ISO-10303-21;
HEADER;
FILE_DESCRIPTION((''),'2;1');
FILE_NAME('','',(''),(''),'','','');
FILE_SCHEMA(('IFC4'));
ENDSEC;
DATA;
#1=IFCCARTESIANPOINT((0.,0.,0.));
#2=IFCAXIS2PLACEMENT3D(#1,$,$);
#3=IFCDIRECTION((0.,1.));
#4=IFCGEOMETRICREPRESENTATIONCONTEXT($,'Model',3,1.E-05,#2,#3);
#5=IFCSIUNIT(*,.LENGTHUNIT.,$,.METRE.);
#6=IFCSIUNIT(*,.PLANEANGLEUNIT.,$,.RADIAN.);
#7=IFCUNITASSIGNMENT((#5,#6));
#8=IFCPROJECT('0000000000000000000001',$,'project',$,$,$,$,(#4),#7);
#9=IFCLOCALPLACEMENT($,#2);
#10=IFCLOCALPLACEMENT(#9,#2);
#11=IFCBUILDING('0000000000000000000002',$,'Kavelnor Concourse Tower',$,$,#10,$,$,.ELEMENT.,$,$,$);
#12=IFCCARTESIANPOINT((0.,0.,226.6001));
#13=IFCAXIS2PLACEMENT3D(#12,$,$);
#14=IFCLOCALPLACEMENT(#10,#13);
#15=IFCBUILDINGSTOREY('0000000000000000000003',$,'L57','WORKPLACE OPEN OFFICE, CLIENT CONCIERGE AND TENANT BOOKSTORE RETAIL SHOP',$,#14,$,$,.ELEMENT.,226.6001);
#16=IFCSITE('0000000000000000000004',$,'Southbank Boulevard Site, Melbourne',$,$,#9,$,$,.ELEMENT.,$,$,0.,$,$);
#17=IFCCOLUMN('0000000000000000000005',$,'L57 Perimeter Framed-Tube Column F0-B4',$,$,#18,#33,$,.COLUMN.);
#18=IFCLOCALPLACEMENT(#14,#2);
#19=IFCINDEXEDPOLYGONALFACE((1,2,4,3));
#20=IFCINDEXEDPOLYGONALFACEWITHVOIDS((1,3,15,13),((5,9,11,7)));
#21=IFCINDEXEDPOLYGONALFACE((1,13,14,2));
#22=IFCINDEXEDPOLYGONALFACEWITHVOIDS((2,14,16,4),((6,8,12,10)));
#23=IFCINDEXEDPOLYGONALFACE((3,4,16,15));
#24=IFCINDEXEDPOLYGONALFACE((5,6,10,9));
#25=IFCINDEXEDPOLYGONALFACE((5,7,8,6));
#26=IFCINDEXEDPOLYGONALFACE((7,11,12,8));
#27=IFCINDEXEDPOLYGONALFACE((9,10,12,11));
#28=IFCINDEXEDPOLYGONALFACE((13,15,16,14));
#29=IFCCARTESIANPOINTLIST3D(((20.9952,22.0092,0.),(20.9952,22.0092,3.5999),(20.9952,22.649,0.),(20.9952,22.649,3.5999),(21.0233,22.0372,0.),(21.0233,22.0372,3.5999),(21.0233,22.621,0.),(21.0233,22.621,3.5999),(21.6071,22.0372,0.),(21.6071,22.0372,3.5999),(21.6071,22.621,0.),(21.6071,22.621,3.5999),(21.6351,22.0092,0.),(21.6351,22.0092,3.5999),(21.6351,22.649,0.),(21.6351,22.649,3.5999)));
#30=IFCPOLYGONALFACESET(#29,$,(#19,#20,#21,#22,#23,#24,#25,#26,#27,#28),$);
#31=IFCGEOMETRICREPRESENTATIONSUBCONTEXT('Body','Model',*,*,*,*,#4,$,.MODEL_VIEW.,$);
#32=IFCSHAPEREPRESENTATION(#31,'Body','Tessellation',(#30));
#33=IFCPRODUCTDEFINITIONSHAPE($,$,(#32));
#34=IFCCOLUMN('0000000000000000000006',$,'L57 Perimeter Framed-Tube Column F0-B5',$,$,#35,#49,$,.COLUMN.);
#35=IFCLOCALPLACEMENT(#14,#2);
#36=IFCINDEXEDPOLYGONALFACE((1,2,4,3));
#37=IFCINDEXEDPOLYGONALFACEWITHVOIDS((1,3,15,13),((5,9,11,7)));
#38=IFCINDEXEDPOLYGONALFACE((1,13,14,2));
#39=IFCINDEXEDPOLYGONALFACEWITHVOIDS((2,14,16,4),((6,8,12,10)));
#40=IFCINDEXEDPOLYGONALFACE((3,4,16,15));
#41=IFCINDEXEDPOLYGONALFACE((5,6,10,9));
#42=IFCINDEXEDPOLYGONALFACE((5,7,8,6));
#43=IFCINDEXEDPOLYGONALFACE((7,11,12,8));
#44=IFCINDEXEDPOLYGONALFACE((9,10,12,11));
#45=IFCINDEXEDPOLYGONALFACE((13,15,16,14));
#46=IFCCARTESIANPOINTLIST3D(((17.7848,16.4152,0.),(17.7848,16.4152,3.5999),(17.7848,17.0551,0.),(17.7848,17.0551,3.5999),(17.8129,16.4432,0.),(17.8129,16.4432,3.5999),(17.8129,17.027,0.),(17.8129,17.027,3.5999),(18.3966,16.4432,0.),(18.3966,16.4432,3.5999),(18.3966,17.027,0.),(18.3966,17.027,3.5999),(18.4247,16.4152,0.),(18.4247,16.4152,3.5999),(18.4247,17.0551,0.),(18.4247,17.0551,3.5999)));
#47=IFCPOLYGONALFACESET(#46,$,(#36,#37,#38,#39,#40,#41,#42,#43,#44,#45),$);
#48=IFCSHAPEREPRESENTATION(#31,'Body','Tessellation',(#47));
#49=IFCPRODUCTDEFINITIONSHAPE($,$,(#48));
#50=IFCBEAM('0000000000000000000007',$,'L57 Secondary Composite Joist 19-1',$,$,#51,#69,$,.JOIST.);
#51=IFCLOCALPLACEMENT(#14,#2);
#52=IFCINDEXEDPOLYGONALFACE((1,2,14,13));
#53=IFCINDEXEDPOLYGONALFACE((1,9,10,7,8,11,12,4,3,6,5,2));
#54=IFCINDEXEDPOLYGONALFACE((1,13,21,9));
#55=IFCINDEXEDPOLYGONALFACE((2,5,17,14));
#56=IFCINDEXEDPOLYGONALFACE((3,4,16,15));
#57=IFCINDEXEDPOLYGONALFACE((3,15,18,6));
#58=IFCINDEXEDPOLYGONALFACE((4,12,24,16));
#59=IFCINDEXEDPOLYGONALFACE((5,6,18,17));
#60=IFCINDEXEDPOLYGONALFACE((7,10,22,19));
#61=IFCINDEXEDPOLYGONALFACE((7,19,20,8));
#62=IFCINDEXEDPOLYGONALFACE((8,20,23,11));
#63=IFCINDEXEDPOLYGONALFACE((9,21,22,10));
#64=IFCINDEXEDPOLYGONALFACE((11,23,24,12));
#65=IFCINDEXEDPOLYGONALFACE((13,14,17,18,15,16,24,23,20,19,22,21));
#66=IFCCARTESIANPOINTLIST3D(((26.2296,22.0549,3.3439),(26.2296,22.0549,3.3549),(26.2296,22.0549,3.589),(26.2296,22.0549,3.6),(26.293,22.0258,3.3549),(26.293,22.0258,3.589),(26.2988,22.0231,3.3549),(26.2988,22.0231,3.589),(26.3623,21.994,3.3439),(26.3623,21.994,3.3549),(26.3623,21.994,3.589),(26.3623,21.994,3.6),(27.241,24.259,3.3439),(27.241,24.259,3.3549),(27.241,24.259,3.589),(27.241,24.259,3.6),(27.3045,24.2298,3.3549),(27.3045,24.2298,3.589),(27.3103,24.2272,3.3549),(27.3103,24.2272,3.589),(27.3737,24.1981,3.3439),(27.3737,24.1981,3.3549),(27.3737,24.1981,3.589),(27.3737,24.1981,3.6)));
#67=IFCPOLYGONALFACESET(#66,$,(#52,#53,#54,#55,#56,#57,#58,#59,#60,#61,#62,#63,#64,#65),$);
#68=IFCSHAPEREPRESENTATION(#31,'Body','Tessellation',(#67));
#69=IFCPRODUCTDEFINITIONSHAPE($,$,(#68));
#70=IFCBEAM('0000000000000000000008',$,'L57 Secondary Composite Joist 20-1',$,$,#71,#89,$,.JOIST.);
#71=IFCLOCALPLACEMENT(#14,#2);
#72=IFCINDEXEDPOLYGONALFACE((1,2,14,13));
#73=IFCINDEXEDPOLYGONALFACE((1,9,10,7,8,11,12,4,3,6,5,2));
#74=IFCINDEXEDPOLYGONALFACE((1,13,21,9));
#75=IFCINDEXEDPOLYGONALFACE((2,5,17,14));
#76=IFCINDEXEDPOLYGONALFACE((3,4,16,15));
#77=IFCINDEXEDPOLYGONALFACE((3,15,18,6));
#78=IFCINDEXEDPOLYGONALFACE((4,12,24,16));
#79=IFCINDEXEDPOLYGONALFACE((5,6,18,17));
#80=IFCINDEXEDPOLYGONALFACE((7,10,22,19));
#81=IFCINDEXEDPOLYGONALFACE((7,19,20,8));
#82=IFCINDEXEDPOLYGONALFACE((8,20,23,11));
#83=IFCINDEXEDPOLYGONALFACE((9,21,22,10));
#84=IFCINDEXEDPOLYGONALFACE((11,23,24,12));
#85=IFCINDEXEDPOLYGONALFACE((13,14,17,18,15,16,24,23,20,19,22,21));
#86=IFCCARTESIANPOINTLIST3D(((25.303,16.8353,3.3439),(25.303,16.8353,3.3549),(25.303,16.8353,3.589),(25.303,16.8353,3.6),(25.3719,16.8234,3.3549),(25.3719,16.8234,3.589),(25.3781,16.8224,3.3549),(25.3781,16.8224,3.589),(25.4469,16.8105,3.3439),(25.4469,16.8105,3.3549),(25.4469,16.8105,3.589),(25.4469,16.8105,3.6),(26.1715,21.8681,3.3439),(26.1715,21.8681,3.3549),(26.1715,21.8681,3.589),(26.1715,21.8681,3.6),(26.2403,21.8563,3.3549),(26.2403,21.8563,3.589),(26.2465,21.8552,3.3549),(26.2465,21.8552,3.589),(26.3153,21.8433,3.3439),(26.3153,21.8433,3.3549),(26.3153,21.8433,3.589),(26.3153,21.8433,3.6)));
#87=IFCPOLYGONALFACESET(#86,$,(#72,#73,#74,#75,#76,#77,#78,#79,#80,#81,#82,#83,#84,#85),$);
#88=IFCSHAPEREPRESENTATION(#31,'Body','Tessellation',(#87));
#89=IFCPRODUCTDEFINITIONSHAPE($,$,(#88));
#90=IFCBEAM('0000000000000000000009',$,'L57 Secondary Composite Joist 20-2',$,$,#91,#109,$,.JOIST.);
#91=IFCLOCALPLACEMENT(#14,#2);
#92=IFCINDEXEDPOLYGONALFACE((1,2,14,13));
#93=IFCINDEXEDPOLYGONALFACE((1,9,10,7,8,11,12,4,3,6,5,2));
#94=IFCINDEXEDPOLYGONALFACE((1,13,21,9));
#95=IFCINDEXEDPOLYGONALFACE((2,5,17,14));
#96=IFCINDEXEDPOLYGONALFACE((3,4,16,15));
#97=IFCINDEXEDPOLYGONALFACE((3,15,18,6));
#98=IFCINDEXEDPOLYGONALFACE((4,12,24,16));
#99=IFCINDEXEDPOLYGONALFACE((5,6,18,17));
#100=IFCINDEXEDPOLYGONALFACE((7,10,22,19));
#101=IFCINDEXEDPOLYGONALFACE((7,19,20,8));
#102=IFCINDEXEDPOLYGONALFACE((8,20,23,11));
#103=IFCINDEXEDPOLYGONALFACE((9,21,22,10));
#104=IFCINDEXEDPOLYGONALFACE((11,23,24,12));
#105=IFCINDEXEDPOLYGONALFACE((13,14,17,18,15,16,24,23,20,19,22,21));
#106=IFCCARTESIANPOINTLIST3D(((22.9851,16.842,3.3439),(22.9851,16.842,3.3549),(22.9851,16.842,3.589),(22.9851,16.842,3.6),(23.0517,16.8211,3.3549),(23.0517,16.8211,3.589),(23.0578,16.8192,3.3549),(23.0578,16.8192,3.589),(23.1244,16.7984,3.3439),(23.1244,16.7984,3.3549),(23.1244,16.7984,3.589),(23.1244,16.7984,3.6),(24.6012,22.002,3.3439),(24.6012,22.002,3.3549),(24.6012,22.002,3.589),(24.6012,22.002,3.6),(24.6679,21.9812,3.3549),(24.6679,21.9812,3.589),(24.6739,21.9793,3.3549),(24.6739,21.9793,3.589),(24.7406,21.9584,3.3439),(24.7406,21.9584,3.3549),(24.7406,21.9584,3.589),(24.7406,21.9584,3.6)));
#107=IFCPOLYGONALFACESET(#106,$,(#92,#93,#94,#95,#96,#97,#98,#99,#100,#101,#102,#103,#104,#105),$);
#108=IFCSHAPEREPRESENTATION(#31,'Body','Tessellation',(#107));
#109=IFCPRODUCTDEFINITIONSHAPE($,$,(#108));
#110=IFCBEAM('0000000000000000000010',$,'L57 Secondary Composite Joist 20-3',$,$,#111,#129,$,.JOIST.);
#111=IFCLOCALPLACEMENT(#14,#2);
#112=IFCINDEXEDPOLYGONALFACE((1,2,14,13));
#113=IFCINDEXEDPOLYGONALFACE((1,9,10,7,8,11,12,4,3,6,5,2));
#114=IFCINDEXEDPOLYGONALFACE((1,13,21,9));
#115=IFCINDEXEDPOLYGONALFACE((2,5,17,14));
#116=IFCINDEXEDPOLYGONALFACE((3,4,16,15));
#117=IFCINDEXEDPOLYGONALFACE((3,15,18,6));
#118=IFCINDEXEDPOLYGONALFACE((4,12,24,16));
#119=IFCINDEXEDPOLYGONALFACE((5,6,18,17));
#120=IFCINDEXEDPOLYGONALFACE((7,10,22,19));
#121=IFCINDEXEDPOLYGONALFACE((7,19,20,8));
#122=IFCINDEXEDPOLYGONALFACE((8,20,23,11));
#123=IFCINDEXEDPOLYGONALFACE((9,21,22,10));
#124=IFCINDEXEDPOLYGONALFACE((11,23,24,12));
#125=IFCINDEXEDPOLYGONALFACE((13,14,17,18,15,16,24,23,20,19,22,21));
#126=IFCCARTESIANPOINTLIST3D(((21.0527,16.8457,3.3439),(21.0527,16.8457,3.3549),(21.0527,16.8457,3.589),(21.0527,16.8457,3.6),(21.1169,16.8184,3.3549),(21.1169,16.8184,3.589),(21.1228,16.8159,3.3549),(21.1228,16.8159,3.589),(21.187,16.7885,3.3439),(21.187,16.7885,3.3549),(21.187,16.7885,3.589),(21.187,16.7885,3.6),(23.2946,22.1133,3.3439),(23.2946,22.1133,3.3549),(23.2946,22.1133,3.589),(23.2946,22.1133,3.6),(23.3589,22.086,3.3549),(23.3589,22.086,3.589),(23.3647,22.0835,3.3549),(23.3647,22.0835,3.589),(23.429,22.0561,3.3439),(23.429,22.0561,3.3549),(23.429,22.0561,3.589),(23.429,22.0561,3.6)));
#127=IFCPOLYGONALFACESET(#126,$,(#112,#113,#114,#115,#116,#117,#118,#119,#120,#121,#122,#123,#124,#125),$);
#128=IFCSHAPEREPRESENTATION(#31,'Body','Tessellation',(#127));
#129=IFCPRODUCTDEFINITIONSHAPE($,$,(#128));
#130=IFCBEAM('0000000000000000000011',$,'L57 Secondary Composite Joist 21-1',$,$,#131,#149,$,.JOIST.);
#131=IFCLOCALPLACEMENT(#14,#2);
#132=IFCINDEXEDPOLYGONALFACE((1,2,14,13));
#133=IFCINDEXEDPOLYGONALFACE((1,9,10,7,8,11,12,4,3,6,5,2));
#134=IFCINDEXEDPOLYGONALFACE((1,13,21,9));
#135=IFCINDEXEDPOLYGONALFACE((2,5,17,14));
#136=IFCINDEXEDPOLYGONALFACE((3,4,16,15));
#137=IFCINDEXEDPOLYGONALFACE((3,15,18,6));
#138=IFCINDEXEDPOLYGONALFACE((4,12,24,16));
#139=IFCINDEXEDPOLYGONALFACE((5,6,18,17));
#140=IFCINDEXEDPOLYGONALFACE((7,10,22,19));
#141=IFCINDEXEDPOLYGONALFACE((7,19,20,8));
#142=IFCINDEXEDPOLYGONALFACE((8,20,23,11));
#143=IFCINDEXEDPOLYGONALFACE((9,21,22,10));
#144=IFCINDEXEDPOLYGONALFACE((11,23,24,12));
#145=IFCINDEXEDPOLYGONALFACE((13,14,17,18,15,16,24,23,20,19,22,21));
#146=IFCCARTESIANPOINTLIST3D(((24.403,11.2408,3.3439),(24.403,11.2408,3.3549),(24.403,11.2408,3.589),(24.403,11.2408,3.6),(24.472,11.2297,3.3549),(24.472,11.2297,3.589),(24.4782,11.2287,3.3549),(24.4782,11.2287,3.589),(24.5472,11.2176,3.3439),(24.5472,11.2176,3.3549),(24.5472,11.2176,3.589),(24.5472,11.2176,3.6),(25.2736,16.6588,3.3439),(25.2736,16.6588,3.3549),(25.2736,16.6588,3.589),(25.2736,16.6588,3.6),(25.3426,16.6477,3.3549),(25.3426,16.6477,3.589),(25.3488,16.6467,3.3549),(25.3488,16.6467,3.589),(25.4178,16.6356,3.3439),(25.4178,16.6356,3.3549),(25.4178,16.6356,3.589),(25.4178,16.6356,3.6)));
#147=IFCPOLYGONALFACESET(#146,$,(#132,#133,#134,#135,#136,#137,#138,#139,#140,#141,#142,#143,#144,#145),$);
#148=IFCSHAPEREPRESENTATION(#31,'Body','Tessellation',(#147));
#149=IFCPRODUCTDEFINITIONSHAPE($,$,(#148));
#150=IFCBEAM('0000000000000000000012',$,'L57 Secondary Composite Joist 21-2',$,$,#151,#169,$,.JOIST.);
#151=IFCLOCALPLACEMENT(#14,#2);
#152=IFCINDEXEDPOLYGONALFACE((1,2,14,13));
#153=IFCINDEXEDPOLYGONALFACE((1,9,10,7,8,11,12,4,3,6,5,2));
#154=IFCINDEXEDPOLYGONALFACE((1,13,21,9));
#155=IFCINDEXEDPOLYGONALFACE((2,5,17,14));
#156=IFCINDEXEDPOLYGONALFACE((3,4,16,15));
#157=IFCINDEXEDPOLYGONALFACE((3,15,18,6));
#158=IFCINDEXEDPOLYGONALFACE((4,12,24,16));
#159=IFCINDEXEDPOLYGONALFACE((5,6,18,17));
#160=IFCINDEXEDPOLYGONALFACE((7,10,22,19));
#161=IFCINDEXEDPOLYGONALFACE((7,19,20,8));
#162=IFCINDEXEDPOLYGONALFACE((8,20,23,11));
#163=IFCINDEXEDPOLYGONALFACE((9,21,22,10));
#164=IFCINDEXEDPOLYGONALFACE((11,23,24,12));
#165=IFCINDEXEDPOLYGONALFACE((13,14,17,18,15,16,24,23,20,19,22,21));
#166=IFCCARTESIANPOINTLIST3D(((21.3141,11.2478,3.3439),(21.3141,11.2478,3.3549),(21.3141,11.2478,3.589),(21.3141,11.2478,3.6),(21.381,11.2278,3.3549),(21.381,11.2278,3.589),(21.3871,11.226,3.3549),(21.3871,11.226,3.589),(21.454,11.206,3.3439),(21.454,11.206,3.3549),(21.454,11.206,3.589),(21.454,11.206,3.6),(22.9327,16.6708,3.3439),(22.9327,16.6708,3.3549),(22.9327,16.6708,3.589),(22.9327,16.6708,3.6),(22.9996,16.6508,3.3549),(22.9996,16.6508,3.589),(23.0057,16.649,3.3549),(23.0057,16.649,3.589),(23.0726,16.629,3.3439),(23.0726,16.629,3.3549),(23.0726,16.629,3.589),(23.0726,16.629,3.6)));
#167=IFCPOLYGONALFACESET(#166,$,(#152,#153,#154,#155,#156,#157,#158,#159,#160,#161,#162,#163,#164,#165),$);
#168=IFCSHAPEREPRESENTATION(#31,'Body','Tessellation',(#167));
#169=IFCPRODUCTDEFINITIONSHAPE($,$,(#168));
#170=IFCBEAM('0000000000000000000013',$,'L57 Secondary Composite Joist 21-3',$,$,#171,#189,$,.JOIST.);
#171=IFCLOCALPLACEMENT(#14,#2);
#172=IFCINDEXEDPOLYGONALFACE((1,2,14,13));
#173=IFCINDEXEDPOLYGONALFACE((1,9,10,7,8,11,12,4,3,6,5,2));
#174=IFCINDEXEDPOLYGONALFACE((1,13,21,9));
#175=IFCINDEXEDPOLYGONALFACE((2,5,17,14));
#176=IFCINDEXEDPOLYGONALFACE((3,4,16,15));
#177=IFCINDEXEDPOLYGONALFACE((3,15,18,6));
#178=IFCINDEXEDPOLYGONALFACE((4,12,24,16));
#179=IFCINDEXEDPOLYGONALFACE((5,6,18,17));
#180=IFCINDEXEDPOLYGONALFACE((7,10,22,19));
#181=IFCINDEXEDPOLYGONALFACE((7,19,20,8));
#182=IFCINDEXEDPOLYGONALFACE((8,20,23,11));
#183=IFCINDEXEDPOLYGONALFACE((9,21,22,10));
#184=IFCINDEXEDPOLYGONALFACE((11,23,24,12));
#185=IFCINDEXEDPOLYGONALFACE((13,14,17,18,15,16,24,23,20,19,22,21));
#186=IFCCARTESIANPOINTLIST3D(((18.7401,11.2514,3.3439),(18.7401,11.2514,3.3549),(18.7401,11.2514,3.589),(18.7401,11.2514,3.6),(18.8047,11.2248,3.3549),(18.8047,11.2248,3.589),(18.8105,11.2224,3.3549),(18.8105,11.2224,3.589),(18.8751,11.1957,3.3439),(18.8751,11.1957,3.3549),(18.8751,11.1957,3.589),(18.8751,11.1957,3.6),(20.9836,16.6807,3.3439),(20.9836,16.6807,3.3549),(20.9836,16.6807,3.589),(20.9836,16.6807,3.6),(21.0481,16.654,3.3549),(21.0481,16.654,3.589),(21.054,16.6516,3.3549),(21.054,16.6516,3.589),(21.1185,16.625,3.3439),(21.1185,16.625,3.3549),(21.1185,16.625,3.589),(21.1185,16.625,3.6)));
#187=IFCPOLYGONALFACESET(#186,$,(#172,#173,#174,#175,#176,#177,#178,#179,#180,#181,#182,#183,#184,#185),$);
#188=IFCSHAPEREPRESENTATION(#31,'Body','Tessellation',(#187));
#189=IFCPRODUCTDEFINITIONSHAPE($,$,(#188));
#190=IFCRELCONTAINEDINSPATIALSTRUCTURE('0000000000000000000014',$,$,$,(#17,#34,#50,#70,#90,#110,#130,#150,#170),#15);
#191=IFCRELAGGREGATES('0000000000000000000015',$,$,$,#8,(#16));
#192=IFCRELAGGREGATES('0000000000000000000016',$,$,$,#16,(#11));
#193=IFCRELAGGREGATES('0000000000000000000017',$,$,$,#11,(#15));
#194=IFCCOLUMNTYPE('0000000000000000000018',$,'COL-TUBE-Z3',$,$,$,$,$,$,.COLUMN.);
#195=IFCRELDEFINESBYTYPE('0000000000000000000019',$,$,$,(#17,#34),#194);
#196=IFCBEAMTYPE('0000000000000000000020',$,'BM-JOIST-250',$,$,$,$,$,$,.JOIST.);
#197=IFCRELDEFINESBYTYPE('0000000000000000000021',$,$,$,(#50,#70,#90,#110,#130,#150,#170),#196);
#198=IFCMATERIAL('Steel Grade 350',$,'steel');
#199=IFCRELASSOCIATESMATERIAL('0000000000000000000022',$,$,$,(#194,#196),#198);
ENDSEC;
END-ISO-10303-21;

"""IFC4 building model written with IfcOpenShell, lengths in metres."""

from ifc_helpers import new_model, si_unit, direction, frame, origin, origin_2d, place, context, subcontext, project, spatial, hollow_rectangle, i_section, extrude, material, material_profile, profile_set, type_object, element, save


model = new_model("IFC4")

# Units and contexts
model_context = context("Model", 3, precision=1e-05, world=origin(), true_north=direction((0.0, 1.0)))
body_context = subcontext(model_context, "Body", "Model", "MODEL_VIEW")
ifc_project = project(units=[si_unit("LENGTHUNIT", "METRE"), si_unit("PLANEANGLEUNIT", "RADIAN")], contexts=[model_context])

# Site, building, storey
site_placement = place(None, origin())
site = spatial("IfcSite", under=ifc_project, at=site_placement, Name="Southbank Boulevard Site, Melbourne", CompositionType="ELEMENT", RefElevation=0.0)
building_placement = place(site_placement, origin())
building = spatial("IfcBuilding", under=site, at=building_placement, Name="Kavelnor Concourse Tower", CompositionType="ELEMENT")
storey_placement = place(building_placement, frame((0.0, 0.0, 226.6001)))
storey = spatial("IfcBuildingStorey", under=building, at=storey_placement, Name="L57", Description="WORKPLACE OPEN OFFICE, CLIENT CONCIERGE AND TENANT BOOKSTORE RETAIL SHOP", CompositionType="ELEMENT", Elevation=226.6001)

# Columns
ifc_material_1 = material(Name="Steel Grade 350", Category="steel")
ifc_material_profile_1 = material_profile(ifc_material_1, hollow_rectangle(XDim=0.6399, YDim=0.6399, WallThickness=0.0281, at=origin_2d()), Name="SHS 640x640x28")
ifc_profile_set_1 = profile_set([ifc_material_profile_1], Name="Steel Grade 350")
column_type = type_object("IfcColumnType", Name="COL-TUBE-Z3", PredefinedType="COLUMN", material=ifc_profile_set_1)
for number, where, z_axis, x_axis, name in (
    (1, (21.3152, 22.3291, 0.0), (0.0, 0.0, 1.0), (1.0, 0.0, 0.0), "L57 Perimeter Framed-Tube Column F0-B4"),
    (2, (18.1047, 16.7351, 0.0), (0.0, 0.0, 1.0), (1.0, 0.0, 0.0), "L57 Perimeter Framed-Tube Column F0-B5"),
):
    element("IfcColumn", number, at=place(storey_placement, frame(where, z_axis=z_axis, x_axis=x_axis)), inside=storey, type_object=column_type, Name=name, PredefinedType="COLUMN", context=body_context, shape_type="SweptSolid", body=[
        extrude(hollow_rectangle(XDim=0.6399, YDim=0.6399, WallThickness=0.0281, at=origin_2d()), origin(), (0.0, 0.0, 1.0), 3.5999),
    ])

# Beams
ifc_material_profile_2 = material_profile(ifc_material_1, i_section(OverallWidth=0.146, OverallDepth=0.2561, WebThickness=0.0063, FlangeThickness=0.011, at=origin_2d()), Name="250UB37")
ifc_profile_set_2 = profile_set([ifc_material_profile_2], Name="Steel Grade 350")
beam_type_1 = type_object("IfcBeamType", Name="BM-JOIST-250", PredefinedType="JOIST", material=ifc_profile_set_2)
beam_1_placement = place(storey_placement, frame((27.3074, 24.2285, 3.4719), z_axis=(-0.417085, -0.908868, 0.0), x_axis=(0.908868, -0.417085, 0.0)))
element("IfcBeam", 3, at=beam_1_placement, inside=storey, type_object=beam_type_1, Name="L57 Secondary Composite Joist 19-1", PredefinedType="JOIST", context=body_context, shape_type="SweptSolid", body=[
    extrude(i_section(OverallWidth=0.146, OverallDepth=0.2561, WebThickness=0.0063, FlangeThickness=0.011, at=origin_2d()), origin(), (0.0, 0.0, 1.0), 2.425),
])
beam_2_placement = place(storey_placement, frame((26.2434, 21.8557, 3.4719), z_axis=(-0.17004, -0.985437, 0.0), x_axis=(0.985437, -0.17004, 0.0)))
element("IfcBeam", 4, at=beam_2_placement, inside=storey, type_object=beam_type_1, Name="L57 Secondary Composite Joist 20-1", PredefinedType="JOIST", context=body_context, shape_type="SweptSolid", body=[
    extrude(i_section(OverallWidth=0.146, OverallDepth=0.2561, WebThickness=0.0063, FlangeThickness=0.011, at=origin_2d()), origin(), (0.0, 0.0, 1.0), 5.1072),
])
beam_3_placement = place(storey_placement, frame((24.6709, 21.9802, 3.4719), z_axis=(-0.298892, -0.954287, 0.0), x_axis=(0.954287, -0.298892, 0.0)))
element("IfcBeam", 5, at=beam_3_placement, inside=storey, type_object=beam_type_1, Name="L57 Secondary Composite Joist 20-2", PredefinedType="JOIST", context=body_context, shape_type="SweptSolid", body=[
    extrude(i_section(OverallWidth=0.146, OverallDepth=0.2561, WebThickness=0.0063, FlangeThickness=0.011, at=origin_2d()), origin(), (0.0, 0.0, 1.0), 5.4072),
])
beam_4_placement = place(storey_placement, frame((23.3618, 22.0847, 3.4719), z_axis=(-0.391617, -0.920128, 0.0), x_axis=(0.920128, -0.391617, 0.0)))
element("IfcBeam", 6, at=beam_4_placement, inside=storey, type_object=beam_type_1, Name="L57 Secondary Composite Joist 20-3", PredefinedType="JOIST", context=body_context, shape_type="SweptSolid", body=[
    extrude(i_section(OverallWidth=0.146, OverallDepth=0.2561, WebThickness=0.0063, FlangeThickness=0.011, at=origin_2d()), origin(), (0.0, 0.0, 1.0), 5.7249),
])
beam_5_placement = place(storey_placement, frame((25.3457, 16.6472, 3.4719), z_axis=(-0.158653, -0.987334, 0.0), x_axis=(0.987334, -0.158653, 0.0)))
element("IfcBeam", 7, at=beam_5_placement, inside=storey, type_object=beam_type_1, Name="L57 Secondary Composite Joist 21-1", PredefinedType="JOIST", context=body_context, shape_type="SweptSolid", body=[
    extrude(i_section(OverallWidth=0.146, OverallDepth=0.2561, WebThickness=0.0063, FlangeThickness=0.011, at=origin_2d()), origin(), (0.0, 0.0, 1.0), 5.4875),
])
beam_6_placement = place(storey_placement, frame((23.0027, 16.6499, 3.4719), z_axis=(-0.286006, -0.958228, 0.0), x_axis=(0.958228, -0.286006, 0.0)))
element("IfcBeam", 8, at=beam_6_placement, inside=storey, type_object=beam_type_1, Name="L57 Secondary Composite Joist 21-2", PredefinedType="JOIST", context=body_context, shape_type="SweptSolid", body=[
    extrude(i_section(OverallWidth=0.146, OverallDepth=0.2561, WebThickness=0.0063, FlangeThickness=0.011, at=origin_2d()), origin(), (0.0, 0.0, 1.0), 5.6594),
])
beam_7_placement = place(storey_placement, frame((21.051, 16.6528, 3.4719), z_axis=(-0.381893, -0.924207, 0.0), x_axis=(0.924207, -0.381893, 0.0)))
element("IfcBeam", 9, at=beam_7_placement, inside=storey, type_object=beam_type_1, Name="L57 Secondary Composite Joist 21-3", PredefinedType="JOIST", context=body_context, shape_type="SweptSolid", body=[
    extrude(i_section(OverallWidth=0.146, OverallDepth=0.2561, WebThickness=0.0063, FlangeThickness=0.011, at=origin_2d()), origin(), (0.0, 0.0, 1.0), 5.8745),
])

save(model, "model.ifc")
